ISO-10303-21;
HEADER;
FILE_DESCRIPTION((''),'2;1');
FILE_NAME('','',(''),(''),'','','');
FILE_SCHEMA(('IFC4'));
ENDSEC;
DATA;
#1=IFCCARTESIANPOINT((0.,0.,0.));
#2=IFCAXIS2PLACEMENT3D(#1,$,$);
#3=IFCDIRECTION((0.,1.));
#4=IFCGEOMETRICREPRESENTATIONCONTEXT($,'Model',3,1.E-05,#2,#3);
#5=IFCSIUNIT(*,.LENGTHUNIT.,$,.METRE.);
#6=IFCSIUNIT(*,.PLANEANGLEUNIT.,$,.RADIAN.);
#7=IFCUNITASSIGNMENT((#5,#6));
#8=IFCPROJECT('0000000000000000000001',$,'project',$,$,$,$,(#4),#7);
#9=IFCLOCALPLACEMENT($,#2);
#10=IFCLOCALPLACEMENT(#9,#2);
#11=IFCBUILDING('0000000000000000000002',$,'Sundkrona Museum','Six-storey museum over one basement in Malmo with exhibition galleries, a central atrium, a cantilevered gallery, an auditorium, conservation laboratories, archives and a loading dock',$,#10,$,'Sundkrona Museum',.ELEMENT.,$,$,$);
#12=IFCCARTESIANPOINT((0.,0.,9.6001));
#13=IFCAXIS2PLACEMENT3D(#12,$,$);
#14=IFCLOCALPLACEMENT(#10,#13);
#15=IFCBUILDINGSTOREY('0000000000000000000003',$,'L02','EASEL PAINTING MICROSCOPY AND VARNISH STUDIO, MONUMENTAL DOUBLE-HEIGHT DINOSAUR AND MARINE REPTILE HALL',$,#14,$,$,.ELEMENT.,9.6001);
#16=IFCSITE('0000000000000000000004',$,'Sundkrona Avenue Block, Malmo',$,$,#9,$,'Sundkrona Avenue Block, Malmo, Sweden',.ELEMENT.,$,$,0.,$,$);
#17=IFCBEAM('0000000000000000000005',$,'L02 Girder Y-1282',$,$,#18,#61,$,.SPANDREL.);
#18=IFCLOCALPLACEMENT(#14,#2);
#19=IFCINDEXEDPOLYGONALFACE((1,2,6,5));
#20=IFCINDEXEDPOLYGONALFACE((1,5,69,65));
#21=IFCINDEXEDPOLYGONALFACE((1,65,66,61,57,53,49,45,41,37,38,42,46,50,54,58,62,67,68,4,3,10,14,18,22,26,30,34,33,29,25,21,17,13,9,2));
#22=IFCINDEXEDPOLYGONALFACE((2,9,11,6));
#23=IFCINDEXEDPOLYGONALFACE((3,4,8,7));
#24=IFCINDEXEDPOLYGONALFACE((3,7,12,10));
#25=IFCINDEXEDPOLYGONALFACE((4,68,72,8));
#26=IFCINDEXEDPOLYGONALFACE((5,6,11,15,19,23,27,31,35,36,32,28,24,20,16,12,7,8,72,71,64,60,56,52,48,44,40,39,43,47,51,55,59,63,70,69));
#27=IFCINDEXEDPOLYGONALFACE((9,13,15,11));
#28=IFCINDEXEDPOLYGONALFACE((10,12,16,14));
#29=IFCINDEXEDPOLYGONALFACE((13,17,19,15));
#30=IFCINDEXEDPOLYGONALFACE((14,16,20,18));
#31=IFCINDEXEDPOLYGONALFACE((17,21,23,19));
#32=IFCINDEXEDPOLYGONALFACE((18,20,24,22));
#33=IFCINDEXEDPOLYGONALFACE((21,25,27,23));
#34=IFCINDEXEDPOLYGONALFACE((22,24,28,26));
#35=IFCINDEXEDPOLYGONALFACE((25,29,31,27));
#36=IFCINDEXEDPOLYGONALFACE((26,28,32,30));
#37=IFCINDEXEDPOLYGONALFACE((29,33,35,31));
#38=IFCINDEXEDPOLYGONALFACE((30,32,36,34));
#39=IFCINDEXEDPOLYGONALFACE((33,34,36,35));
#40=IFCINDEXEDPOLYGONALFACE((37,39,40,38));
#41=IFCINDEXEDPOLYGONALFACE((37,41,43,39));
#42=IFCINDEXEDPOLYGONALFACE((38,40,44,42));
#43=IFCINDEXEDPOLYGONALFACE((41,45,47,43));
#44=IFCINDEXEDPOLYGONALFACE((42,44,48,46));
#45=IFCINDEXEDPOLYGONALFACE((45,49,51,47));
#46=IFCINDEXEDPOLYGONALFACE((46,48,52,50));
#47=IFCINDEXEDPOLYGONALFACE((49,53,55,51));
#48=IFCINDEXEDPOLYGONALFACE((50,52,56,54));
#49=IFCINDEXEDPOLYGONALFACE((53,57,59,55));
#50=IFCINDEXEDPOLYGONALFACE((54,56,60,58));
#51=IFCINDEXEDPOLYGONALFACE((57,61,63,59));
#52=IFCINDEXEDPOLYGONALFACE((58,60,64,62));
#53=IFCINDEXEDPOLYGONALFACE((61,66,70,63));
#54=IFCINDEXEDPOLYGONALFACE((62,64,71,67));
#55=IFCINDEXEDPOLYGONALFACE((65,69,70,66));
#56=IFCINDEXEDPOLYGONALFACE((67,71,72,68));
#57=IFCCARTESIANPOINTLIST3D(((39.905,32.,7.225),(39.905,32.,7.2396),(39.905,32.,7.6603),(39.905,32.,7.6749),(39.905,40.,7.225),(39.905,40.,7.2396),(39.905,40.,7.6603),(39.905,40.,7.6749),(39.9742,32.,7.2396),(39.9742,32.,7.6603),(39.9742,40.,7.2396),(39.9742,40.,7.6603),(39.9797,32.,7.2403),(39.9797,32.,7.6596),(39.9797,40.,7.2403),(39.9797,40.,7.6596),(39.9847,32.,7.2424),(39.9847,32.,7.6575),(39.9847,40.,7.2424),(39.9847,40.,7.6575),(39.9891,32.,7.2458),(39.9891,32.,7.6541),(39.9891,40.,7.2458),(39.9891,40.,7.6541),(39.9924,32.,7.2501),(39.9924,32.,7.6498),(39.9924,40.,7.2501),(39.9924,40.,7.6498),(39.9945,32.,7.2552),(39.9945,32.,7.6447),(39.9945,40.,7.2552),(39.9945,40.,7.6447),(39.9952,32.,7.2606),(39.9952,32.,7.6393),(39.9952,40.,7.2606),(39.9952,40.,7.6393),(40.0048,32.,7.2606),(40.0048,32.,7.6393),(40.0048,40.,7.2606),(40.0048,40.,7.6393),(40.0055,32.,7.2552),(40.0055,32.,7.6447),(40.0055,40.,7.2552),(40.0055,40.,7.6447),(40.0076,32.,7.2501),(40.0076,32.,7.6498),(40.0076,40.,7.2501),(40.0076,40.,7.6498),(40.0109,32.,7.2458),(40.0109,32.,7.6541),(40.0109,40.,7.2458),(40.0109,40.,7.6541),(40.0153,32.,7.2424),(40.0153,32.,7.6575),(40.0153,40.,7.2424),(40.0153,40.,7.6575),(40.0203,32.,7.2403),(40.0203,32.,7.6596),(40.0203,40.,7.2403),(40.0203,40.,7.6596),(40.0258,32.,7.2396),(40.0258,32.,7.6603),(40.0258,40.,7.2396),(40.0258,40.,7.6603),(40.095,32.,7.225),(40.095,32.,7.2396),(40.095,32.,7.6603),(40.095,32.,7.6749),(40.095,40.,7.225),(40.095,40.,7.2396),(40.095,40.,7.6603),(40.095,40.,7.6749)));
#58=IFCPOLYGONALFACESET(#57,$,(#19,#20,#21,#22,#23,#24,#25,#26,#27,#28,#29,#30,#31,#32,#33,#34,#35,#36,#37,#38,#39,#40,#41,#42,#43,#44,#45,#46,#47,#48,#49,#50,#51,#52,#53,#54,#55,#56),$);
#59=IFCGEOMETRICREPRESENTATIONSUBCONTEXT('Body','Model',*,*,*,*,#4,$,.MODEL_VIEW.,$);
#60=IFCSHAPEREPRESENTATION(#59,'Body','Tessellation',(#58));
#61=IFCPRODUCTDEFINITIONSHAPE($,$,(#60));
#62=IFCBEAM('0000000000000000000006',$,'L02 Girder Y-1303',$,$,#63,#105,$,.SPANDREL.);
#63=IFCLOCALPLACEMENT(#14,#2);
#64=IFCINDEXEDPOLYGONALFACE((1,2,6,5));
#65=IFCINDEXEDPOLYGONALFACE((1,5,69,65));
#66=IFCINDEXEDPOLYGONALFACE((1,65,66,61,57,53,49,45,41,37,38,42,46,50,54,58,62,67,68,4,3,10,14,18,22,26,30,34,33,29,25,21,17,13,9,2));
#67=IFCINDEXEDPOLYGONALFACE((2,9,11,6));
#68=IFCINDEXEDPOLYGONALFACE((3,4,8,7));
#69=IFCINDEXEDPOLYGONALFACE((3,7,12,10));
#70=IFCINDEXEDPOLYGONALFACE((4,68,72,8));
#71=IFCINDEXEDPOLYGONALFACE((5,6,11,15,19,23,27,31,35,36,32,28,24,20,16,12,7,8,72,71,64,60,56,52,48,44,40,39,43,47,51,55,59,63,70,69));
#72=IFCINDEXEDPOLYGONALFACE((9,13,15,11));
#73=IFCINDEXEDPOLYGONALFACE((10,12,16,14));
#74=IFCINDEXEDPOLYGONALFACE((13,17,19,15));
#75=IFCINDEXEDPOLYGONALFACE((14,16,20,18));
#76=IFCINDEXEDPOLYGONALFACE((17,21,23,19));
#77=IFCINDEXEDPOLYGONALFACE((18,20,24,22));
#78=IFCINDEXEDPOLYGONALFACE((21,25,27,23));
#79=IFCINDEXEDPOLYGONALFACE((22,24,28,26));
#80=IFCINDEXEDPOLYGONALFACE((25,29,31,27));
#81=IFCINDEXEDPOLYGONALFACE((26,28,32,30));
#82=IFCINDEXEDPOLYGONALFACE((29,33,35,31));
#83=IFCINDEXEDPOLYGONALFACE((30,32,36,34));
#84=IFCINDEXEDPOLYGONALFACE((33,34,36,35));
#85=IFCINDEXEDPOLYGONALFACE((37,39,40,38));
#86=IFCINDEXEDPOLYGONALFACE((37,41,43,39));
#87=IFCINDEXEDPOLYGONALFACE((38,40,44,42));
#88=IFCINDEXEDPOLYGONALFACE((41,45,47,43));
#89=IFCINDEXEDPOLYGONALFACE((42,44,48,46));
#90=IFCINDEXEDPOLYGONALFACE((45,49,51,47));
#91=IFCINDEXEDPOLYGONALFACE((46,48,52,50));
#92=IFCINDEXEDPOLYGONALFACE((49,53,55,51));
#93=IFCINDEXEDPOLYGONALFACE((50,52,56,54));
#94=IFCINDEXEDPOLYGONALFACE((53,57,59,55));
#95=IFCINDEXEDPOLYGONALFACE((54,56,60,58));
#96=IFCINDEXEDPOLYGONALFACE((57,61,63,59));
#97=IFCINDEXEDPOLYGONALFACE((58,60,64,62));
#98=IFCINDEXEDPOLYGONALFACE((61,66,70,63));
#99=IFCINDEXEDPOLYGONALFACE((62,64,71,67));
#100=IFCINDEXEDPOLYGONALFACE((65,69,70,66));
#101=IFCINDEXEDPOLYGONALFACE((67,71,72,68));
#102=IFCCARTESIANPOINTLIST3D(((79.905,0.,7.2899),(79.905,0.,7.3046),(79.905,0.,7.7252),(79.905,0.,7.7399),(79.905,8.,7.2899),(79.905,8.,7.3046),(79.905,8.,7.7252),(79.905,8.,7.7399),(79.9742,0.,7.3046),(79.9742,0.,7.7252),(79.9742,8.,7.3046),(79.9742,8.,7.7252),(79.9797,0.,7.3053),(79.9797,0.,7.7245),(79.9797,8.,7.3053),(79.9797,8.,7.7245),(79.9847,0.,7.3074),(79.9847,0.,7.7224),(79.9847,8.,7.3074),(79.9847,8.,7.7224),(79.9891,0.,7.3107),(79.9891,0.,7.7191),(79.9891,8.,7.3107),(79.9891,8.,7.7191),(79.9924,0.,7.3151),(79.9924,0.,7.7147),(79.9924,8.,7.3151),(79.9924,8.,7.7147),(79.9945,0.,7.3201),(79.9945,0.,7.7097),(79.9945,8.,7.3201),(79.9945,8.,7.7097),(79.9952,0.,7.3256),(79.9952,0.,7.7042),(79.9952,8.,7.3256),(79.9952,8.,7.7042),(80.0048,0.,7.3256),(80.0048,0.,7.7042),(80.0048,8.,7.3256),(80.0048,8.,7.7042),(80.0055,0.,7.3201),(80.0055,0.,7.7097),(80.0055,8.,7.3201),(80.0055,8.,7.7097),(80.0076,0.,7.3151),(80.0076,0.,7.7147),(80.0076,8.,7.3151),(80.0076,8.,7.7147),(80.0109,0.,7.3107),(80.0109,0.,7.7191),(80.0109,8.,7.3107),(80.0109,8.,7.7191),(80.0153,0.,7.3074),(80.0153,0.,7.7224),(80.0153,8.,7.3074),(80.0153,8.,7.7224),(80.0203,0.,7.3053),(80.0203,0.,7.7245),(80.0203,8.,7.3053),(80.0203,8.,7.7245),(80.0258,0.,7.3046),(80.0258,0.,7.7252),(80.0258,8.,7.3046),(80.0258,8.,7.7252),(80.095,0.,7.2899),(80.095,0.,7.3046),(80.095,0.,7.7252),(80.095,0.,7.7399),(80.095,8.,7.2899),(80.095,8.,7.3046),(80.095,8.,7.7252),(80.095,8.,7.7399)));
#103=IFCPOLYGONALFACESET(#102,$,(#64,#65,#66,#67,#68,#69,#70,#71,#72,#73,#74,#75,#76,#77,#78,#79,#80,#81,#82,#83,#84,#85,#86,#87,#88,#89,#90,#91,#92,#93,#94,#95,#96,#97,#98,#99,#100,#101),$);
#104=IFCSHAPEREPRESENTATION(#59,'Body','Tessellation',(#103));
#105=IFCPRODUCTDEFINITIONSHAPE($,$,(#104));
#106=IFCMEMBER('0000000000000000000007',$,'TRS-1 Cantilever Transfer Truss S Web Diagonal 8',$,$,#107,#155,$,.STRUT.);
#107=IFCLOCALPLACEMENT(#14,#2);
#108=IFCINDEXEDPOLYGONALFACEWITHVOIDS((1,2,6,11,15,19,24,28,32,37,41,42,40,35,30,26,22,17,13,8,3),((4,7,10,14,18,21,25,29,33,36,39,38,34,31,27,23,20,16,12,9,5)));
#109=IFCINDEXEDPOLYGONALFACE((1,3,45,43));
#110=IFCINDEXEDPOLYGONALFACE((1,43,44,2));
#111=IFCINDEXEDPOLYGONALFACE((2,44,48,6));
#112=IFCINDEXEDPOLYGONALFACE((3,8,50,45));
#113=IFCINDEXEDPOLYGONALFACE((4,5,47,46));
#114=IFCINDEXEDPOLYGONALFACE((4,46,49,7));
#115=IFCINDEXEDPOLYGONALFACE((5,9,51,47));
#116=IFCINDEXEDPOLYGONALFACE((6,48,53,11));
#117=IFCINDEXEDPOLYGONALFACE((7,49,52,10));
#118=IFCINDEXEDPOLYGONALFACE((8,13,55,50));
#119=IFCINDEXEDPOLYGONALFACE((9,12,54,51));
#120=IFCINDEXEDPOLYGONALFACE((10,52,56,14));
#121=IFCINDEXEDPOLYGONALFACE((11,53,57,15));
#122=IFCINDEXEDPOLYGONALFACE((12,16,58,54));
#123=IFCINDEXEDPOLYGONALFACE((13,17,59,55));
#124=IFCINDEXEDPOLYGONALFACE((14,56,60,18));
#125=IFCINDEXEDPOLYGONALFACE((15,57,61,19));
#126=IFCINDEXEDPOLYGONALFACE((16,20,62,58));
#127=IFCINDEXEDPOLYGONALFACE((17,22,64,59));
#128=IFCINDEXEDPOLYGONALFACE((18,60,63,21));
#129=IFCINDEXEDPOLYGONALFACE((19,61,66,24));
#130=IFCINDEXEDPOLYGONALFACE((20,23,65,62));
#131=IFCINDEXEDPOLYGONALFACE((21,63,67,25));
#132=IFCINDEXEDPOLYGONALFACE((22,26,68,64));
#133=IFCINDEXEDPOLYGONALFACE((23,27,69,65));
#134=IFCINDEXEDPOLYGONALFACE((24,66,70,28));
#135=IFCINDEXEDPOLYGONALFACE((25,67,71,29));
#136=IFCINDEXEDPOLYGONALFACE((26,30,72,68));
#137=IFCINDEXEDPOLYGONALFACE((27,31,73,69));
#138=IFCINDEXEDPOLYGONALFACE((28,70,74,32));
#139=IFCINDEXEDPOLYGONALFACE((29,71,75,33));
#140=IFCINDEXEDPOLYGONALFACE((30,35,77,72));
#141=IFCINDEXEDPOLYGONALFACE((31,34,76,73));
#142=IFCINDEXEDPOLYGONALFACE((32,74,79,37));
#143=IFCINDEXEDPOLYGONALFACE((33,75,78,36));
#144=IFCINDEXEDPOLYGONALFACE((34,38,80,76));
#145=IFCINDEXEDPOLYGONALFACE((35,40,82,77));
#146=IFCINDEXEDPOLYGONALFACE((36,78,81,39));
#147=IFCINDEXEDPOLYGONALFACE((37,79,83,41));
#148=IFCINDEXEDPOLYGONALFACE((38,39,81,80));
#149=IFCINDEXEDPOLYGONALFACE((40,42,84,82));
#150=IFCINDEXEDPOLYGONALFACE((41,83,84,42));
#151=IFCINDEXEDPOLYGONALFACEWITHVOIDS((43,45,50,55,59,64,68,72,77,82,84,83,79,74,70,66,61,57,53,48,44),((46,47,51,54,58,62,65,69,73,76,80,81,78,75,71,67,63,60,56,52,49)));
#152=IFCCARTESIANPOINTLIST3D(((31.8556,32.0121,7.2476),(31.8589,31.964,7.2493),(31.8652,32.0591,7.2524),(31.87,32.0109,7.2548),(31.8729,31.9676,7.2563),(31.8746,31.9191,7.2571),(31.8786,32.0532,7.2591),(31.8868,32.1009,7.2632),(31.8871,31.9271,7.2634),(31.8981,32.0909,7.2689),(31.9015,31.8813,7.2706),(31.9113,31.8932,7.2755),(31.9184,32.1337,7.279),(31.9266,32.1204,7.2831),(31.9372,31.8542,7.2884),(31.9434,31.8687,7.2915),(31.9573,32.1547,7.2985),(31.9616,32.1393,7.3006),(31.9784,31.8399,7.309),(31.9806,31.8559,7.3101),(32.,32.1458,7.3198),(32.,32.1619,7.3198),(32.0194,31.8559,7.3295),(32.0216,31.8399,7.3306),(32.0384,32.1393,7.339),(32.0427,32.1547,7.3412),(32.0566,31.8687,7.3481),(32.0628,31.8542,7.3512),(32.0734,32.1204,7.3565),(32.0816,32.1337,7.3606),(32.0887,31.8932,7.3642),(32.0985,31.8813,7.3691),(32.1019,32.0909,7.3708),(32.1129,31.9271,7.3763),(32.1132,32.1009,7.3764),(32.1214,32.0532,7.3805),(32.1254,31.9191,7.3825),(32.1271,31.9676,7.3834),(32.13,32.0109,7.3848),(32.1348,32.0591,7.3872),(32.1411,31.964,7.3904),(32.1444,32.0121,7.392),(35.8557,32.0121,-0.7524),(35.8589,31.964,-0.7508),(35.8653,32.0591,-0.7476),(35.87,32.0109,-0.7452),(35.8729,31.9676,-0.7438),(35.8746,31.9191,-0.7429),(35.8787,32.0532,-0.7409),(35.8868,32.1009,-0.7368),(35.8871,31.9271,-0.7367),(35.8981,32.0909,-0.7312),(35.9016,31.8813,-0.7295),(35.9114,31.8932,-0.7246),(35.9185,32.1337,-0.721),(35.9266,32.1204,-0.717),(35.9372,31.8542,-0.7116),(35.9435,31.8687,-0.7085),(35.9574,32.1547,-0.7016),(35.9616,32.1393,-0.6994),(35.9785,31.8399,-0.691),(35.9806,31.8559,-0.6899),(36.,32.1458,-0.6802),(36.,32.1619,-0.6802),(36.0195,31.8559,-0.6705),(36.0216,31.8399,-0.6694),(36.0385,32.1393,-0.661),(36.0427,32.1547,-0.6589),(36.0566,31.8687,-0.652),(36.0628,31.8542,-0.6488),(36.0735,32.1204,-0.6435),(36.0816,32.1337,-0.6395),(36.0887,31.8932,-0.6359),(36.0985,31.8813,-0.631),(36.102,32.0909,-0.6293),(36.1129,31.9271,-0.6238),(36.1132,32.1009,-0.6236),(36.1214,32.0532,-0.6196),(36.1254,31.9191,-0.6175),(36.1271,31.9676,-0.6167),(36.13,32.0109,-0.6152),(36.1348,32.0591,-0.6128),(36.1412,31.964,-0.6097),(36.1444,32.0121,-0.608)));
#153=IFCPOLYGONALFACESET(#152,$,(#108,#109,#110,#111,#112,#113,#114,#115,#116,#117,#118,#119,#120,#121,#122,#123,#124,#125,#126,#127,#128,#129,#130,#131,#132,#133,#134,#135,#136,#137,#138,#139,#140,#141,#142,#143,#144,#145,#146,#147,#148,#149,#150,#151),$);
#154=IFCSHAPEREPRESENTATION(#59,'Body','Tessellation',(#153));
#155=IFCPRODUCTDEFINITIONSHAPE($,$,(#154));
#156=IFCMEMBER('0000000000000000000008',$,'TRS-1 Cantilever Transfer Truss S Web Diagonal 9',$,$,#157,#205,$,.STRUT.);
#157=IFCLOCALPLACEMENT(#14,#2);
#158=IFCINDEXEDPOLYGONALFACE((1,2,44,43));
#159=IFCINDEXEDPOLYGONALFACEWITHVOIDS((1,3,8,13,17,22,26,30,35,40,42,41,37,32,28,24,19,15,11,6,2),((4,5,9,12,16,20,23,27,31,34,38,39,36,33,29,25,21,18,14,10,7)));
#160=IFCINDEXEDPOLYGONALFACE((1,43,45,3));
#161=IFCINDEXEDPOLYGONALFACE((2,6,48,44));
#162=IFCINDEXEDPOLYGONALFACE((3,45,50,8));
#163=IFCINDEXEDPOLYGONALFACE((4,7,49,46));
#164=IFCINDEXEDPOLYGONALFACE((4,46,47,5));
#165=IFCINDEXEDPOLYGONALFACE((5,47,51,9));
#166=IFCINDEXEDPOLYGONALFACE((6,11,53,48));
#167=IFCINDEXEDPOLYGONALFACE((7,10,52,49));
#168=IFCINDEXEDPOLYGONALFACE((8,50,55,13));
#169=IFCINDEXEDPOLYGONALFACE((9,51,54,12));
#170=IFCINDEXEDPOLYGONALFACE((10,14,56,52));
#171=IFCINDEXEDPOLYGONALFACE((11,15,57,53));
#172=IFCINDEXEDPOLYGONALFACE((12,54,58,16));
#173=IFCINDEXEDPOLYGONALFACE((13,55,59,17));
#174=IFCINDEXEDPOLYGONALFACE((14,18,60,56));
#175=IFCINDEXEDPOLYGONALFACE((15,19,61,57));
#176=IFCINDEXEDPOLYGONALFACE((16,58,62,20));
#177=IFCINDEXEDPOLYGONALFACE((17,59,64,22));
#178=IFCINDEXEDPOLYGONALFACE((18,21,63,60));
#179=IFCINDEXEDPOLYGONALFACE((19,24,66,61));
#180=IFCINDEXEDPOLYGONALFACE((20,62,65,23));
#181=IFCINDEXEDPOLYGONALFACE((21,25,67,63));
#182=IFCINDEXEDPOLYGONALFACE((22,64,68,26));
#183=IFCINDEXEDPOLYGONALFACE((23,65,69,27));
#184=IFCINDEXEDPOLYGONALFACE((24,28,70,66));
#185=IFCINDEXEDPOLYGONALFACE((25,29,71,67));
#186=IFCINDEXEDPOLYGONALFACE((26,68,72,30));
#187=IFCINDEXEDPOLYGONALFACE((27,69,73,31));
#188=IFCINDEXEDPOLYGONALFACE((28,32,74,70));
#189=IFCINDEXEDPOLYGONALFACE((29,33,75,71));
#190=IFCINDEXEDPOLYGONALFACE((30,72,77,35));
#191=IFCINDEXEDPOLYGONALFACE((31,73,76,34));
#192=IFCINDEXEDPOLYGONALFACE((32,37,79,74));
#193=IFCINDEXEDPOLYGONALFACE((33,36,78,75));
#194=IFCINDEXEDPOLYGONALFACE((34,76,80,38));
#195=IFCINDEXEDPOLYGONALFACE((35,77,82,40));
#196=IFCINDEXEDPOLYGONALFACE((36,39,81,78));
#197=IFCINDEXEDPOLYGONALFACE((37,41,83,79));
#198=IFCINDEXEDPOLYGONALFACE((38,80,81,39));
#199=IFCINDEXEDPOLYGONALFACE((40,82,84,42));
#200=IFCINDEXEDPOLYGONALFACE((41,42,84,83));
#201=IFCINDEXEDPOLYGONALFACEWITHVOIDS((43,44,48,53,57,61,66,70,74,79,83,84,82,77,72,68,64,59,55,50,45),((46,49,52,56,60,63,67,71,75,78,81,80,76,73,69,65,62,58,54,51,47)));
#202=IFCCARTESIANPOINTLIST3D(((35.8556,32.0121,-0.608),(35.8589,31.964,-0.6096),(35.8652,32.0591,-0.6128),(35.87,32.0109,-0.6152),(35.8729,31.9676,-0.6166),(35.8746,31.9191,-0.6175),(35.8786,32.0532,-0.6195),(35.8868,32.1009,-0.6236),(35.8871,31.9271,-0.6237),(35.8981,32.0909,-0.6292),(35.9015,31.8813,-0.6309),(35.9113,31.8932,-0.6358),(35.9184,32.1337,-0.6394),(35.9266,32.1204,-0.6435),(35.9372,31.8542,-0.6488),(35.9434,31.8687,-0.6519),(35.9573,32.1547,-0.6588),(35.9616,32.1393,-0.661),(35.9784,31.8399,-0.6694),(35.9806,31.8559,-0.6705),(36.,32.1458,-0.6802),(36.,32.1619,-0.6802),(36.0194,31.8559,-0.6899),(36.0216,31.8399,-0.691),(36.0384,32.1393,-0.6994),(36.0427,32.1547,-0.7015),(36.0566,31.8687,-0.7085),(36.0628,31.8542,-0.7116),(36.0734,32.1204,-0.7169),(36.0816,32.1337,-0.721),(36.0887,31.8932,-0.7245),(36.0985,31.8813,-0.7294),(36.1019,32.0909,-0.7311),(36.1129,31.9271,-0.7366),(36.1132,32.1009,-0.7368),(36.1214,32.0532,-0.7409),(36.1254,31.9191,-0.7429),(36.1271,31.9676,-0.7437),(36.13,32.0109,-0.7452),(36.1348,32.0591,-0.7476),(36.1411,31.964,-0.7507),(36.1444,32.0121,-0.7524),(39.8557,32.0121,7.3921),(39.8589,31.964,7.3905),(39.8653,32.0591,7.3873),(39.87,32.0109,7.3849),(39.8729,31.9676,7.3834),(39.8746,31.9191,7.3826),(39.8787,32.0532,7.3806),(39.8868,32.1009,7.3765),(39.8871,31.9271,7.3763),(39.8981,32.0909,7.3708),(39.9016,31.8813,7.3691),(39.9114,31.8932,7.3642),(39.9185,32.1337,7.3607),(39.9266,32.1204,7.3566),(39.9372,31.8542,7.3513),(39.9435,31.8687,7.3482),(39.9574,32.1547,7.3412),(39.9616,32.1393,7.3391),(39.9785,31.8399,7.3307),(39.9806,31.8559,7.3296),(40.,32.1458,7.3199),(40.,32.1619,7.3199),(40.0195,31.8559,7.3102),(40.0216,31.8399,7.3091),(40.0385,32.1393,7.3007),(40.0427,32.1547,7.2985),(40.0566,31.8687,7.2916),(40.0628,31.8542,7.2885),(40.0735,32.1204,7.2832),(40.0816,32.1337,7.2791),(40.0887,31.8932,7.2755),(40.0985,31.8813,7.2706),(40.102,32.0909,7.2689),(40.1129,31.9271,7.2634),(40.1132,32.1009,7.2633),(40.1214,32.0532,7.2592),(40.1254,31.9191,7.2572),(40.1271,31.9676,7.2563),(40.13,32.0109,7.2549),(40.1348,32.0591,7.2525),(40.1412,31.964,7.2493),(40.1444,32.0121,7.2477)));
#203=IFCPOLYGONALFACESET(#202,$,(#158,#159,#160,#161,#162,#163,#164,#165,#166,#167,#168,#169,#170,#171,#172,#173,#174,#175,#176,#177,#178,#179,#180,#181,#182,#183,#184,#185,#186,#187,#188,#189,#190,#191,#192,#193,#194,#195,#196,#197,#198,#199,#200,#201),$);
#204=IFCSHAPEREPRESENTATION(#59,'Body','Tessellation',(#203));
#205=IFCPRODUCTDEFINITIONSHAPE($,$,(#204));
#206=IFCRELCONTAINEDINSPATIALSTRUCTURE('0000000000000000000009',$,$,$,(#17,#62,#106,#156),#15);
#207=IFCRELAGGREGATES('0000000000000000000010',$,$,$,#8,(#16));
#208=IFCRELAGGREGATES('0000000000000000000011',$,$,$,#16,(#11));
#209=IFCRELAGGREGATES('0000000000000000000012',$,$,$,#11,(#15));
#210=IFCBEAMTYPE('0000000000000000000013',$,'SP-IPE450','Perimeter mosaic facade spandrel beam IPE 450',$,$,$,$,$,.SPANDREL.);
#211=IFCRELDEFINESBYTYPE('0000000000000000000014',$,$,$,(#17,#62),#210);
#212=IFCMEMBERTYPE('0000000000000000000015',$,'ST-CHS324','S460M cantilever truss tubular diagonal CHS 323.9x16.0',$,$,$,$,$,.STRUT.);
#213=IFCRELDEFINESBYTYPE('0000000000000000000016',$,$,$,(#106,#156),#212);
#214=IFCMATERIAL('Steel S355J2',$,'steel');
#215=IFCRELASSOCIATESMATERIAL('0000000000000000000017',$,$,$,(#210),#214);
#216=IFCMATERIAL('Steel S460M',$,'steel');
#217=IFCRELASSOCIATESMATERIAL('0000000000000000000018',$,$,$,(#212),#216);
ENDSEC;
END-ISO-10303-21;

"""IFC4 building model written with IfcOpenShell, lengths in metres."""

from ifc_helpers import new_model, si_unit, direction, frame, origin, origin_2d, place, context, subcontext, project, spatial, hollow_circle, i_section, extrude, material, material_profile, profile_set, type_object, element, save


model = new_model("IFC4")

# Units and contexts
model_context = context("Model", 3, precision=1e-05, world=origin(), true_north=direction((0.0, 1.0)))
body_context = subcontext(model_context, "Body", "Model", "MODEL_VIEW")
ifc_project = project(units=[si_unit("LENGTHUNIT", "METRE"), si_unit("PLANEANGLEUNIT", "RADIAN")], contexts=[model_context])

# Site, building, storey
site_placement = place(None, origin())
site = spatial("IfcSite", under=ifc_project, at=site_placement, Name="Sundkrona Avenue Block, Malmo", LongName="Sundkrona Avenue Block, Malmo, Sweden", CompositionType="ELEMENT", RefElevation=0.0)
building_placement = place(site_placement, origin())
building = spatial("IfcBuilding", under=site, at=building_placement, Name="Sundkrona Museum", Description="Six-storey museum over one basement in Malmo with exhibition galleries, a central atrium, a cantilevered gallery, an auditorium, conservation laboratories, archives and a loading dock", LongName="Sundkrona Museum", CompositionType="ELEMENT")
storey_placement = place(building_placement, frame((0.0, 0.0, 9.6001)))
storey = spatial("IfcBuildingStorey", under=building, at=storey_placement, Name="L02", Description="EASEL PAINTING MICROSCOPY AND VARNISH STUDIO, MONUMENTAL DOUBLE-HEIGHT DINOSAUR AND MARINE REPTILE HALL", CompositionType="ELEMENT", Elevation=9.6001)

# Shared definitions
ifc_material_1 = material(Name="Steel S355J2", Category="steel")
ifc_material_2 = material(Name="Steel S460M", Category="steel")

# Beams
ifc_material_profile_1 = material_profile(ifc_material_1, i_section(OverallWidth=0.1899, OverallDepth=0.45, WebThickness=0.0095, FlangeThickness=0.0146, FilletRadius=0.021, at=origin_2d()), Name="IPE 450")
ifc_profile_set_1 = profile_set([ifc_material_profile_1], Name="Steel S355J2")
beam_type = type_object("IfcBeamType", Name="SP-IPE450", Description="Perimeter mosaic facade spandrel beam IPE 450", PredefinedType="SPANDREL", material=ifc_profile_set_1)
for number, where, z_axis, x_axis, name in (
    (1, (40.0, 32.0, 7.45), (0.0, 1.0, 0.0), (-1.0, 0.0, 0.0), "L02 Girder Y-1282"),
    (2, (80.0, 0.0, 7.5149), (0.0, 1.0, 0.0), (-1.0, 0.0, 0.0), "L02 Girder Y-1303"),
):
    element("IfcBeam", number, at=place(storey_placement, frame(where, z_axis=z_axis, x_axis=x_axis)), inside=storey, type_object=beam_type, Name=name, PredefinedType="SPANDREL", context=body_context, shape_type="SweptSolid", body=[
        extrude(i_section(OverallWidth=0.1899, OverallDepth=0.45, WebThickness=0.0095, FlangeThickness=0.0146, FilletRadius=0.021, at=origin_2d()), origin(), (0.0, 0.0, 1.0), 8.0),
    ])

# Members
ifc_material_profile_2 = material_profile(ifc_material_2, hollow_circle(Radius=0.1619, WallThickness=0.0161, at=origin_2d()), Name="CHS 323.9x16.0")
ifc_profile_set_2 = profile_set([ifc_material_profile_2], Name="Steel S460M")
member_type_1 = type_object("IfcMemberType", Name="ST-CHS324", Description="S460M cantilever truss tubular diagonal CHS 323.9x16.0", PredefinedType="STRUT", material=ifc_profile_set_2)
for number, where, z_axis, x_axis, name in (
    (3, (32.0, 32.0, 7.3198), (0.447214, 0.0, -0.894427), (0.0, 1.0, 0.0), "TRS-1 Cantilever Transfer Truss S Web Diagonal 8"),
    (4, (36.0, 32.0, -0.6802), (0.447214, 0.0, 0.894427), (0.0, 1.0, 0.0), "TRS-1 Cantilever Transfer Truss S Web Diagonal 9"),
):
    element("IfcMember", number, at=place(storey_placement, frame(where, z_axis=z_axis, x_axis=x_axis)), inside=storey, type_object=member_type_1, Name=name, PredefinedType="STRUT", context=body_context, shape_type="SweptSolid", body=[
        extrude(hollow_circle(Radius=0.1619, WallThickness=0.0161, at=origin_2d()), origin(), (0.0, 0.0, 1.0), 8.9443),
    ])

save(model, "model.ifc")
